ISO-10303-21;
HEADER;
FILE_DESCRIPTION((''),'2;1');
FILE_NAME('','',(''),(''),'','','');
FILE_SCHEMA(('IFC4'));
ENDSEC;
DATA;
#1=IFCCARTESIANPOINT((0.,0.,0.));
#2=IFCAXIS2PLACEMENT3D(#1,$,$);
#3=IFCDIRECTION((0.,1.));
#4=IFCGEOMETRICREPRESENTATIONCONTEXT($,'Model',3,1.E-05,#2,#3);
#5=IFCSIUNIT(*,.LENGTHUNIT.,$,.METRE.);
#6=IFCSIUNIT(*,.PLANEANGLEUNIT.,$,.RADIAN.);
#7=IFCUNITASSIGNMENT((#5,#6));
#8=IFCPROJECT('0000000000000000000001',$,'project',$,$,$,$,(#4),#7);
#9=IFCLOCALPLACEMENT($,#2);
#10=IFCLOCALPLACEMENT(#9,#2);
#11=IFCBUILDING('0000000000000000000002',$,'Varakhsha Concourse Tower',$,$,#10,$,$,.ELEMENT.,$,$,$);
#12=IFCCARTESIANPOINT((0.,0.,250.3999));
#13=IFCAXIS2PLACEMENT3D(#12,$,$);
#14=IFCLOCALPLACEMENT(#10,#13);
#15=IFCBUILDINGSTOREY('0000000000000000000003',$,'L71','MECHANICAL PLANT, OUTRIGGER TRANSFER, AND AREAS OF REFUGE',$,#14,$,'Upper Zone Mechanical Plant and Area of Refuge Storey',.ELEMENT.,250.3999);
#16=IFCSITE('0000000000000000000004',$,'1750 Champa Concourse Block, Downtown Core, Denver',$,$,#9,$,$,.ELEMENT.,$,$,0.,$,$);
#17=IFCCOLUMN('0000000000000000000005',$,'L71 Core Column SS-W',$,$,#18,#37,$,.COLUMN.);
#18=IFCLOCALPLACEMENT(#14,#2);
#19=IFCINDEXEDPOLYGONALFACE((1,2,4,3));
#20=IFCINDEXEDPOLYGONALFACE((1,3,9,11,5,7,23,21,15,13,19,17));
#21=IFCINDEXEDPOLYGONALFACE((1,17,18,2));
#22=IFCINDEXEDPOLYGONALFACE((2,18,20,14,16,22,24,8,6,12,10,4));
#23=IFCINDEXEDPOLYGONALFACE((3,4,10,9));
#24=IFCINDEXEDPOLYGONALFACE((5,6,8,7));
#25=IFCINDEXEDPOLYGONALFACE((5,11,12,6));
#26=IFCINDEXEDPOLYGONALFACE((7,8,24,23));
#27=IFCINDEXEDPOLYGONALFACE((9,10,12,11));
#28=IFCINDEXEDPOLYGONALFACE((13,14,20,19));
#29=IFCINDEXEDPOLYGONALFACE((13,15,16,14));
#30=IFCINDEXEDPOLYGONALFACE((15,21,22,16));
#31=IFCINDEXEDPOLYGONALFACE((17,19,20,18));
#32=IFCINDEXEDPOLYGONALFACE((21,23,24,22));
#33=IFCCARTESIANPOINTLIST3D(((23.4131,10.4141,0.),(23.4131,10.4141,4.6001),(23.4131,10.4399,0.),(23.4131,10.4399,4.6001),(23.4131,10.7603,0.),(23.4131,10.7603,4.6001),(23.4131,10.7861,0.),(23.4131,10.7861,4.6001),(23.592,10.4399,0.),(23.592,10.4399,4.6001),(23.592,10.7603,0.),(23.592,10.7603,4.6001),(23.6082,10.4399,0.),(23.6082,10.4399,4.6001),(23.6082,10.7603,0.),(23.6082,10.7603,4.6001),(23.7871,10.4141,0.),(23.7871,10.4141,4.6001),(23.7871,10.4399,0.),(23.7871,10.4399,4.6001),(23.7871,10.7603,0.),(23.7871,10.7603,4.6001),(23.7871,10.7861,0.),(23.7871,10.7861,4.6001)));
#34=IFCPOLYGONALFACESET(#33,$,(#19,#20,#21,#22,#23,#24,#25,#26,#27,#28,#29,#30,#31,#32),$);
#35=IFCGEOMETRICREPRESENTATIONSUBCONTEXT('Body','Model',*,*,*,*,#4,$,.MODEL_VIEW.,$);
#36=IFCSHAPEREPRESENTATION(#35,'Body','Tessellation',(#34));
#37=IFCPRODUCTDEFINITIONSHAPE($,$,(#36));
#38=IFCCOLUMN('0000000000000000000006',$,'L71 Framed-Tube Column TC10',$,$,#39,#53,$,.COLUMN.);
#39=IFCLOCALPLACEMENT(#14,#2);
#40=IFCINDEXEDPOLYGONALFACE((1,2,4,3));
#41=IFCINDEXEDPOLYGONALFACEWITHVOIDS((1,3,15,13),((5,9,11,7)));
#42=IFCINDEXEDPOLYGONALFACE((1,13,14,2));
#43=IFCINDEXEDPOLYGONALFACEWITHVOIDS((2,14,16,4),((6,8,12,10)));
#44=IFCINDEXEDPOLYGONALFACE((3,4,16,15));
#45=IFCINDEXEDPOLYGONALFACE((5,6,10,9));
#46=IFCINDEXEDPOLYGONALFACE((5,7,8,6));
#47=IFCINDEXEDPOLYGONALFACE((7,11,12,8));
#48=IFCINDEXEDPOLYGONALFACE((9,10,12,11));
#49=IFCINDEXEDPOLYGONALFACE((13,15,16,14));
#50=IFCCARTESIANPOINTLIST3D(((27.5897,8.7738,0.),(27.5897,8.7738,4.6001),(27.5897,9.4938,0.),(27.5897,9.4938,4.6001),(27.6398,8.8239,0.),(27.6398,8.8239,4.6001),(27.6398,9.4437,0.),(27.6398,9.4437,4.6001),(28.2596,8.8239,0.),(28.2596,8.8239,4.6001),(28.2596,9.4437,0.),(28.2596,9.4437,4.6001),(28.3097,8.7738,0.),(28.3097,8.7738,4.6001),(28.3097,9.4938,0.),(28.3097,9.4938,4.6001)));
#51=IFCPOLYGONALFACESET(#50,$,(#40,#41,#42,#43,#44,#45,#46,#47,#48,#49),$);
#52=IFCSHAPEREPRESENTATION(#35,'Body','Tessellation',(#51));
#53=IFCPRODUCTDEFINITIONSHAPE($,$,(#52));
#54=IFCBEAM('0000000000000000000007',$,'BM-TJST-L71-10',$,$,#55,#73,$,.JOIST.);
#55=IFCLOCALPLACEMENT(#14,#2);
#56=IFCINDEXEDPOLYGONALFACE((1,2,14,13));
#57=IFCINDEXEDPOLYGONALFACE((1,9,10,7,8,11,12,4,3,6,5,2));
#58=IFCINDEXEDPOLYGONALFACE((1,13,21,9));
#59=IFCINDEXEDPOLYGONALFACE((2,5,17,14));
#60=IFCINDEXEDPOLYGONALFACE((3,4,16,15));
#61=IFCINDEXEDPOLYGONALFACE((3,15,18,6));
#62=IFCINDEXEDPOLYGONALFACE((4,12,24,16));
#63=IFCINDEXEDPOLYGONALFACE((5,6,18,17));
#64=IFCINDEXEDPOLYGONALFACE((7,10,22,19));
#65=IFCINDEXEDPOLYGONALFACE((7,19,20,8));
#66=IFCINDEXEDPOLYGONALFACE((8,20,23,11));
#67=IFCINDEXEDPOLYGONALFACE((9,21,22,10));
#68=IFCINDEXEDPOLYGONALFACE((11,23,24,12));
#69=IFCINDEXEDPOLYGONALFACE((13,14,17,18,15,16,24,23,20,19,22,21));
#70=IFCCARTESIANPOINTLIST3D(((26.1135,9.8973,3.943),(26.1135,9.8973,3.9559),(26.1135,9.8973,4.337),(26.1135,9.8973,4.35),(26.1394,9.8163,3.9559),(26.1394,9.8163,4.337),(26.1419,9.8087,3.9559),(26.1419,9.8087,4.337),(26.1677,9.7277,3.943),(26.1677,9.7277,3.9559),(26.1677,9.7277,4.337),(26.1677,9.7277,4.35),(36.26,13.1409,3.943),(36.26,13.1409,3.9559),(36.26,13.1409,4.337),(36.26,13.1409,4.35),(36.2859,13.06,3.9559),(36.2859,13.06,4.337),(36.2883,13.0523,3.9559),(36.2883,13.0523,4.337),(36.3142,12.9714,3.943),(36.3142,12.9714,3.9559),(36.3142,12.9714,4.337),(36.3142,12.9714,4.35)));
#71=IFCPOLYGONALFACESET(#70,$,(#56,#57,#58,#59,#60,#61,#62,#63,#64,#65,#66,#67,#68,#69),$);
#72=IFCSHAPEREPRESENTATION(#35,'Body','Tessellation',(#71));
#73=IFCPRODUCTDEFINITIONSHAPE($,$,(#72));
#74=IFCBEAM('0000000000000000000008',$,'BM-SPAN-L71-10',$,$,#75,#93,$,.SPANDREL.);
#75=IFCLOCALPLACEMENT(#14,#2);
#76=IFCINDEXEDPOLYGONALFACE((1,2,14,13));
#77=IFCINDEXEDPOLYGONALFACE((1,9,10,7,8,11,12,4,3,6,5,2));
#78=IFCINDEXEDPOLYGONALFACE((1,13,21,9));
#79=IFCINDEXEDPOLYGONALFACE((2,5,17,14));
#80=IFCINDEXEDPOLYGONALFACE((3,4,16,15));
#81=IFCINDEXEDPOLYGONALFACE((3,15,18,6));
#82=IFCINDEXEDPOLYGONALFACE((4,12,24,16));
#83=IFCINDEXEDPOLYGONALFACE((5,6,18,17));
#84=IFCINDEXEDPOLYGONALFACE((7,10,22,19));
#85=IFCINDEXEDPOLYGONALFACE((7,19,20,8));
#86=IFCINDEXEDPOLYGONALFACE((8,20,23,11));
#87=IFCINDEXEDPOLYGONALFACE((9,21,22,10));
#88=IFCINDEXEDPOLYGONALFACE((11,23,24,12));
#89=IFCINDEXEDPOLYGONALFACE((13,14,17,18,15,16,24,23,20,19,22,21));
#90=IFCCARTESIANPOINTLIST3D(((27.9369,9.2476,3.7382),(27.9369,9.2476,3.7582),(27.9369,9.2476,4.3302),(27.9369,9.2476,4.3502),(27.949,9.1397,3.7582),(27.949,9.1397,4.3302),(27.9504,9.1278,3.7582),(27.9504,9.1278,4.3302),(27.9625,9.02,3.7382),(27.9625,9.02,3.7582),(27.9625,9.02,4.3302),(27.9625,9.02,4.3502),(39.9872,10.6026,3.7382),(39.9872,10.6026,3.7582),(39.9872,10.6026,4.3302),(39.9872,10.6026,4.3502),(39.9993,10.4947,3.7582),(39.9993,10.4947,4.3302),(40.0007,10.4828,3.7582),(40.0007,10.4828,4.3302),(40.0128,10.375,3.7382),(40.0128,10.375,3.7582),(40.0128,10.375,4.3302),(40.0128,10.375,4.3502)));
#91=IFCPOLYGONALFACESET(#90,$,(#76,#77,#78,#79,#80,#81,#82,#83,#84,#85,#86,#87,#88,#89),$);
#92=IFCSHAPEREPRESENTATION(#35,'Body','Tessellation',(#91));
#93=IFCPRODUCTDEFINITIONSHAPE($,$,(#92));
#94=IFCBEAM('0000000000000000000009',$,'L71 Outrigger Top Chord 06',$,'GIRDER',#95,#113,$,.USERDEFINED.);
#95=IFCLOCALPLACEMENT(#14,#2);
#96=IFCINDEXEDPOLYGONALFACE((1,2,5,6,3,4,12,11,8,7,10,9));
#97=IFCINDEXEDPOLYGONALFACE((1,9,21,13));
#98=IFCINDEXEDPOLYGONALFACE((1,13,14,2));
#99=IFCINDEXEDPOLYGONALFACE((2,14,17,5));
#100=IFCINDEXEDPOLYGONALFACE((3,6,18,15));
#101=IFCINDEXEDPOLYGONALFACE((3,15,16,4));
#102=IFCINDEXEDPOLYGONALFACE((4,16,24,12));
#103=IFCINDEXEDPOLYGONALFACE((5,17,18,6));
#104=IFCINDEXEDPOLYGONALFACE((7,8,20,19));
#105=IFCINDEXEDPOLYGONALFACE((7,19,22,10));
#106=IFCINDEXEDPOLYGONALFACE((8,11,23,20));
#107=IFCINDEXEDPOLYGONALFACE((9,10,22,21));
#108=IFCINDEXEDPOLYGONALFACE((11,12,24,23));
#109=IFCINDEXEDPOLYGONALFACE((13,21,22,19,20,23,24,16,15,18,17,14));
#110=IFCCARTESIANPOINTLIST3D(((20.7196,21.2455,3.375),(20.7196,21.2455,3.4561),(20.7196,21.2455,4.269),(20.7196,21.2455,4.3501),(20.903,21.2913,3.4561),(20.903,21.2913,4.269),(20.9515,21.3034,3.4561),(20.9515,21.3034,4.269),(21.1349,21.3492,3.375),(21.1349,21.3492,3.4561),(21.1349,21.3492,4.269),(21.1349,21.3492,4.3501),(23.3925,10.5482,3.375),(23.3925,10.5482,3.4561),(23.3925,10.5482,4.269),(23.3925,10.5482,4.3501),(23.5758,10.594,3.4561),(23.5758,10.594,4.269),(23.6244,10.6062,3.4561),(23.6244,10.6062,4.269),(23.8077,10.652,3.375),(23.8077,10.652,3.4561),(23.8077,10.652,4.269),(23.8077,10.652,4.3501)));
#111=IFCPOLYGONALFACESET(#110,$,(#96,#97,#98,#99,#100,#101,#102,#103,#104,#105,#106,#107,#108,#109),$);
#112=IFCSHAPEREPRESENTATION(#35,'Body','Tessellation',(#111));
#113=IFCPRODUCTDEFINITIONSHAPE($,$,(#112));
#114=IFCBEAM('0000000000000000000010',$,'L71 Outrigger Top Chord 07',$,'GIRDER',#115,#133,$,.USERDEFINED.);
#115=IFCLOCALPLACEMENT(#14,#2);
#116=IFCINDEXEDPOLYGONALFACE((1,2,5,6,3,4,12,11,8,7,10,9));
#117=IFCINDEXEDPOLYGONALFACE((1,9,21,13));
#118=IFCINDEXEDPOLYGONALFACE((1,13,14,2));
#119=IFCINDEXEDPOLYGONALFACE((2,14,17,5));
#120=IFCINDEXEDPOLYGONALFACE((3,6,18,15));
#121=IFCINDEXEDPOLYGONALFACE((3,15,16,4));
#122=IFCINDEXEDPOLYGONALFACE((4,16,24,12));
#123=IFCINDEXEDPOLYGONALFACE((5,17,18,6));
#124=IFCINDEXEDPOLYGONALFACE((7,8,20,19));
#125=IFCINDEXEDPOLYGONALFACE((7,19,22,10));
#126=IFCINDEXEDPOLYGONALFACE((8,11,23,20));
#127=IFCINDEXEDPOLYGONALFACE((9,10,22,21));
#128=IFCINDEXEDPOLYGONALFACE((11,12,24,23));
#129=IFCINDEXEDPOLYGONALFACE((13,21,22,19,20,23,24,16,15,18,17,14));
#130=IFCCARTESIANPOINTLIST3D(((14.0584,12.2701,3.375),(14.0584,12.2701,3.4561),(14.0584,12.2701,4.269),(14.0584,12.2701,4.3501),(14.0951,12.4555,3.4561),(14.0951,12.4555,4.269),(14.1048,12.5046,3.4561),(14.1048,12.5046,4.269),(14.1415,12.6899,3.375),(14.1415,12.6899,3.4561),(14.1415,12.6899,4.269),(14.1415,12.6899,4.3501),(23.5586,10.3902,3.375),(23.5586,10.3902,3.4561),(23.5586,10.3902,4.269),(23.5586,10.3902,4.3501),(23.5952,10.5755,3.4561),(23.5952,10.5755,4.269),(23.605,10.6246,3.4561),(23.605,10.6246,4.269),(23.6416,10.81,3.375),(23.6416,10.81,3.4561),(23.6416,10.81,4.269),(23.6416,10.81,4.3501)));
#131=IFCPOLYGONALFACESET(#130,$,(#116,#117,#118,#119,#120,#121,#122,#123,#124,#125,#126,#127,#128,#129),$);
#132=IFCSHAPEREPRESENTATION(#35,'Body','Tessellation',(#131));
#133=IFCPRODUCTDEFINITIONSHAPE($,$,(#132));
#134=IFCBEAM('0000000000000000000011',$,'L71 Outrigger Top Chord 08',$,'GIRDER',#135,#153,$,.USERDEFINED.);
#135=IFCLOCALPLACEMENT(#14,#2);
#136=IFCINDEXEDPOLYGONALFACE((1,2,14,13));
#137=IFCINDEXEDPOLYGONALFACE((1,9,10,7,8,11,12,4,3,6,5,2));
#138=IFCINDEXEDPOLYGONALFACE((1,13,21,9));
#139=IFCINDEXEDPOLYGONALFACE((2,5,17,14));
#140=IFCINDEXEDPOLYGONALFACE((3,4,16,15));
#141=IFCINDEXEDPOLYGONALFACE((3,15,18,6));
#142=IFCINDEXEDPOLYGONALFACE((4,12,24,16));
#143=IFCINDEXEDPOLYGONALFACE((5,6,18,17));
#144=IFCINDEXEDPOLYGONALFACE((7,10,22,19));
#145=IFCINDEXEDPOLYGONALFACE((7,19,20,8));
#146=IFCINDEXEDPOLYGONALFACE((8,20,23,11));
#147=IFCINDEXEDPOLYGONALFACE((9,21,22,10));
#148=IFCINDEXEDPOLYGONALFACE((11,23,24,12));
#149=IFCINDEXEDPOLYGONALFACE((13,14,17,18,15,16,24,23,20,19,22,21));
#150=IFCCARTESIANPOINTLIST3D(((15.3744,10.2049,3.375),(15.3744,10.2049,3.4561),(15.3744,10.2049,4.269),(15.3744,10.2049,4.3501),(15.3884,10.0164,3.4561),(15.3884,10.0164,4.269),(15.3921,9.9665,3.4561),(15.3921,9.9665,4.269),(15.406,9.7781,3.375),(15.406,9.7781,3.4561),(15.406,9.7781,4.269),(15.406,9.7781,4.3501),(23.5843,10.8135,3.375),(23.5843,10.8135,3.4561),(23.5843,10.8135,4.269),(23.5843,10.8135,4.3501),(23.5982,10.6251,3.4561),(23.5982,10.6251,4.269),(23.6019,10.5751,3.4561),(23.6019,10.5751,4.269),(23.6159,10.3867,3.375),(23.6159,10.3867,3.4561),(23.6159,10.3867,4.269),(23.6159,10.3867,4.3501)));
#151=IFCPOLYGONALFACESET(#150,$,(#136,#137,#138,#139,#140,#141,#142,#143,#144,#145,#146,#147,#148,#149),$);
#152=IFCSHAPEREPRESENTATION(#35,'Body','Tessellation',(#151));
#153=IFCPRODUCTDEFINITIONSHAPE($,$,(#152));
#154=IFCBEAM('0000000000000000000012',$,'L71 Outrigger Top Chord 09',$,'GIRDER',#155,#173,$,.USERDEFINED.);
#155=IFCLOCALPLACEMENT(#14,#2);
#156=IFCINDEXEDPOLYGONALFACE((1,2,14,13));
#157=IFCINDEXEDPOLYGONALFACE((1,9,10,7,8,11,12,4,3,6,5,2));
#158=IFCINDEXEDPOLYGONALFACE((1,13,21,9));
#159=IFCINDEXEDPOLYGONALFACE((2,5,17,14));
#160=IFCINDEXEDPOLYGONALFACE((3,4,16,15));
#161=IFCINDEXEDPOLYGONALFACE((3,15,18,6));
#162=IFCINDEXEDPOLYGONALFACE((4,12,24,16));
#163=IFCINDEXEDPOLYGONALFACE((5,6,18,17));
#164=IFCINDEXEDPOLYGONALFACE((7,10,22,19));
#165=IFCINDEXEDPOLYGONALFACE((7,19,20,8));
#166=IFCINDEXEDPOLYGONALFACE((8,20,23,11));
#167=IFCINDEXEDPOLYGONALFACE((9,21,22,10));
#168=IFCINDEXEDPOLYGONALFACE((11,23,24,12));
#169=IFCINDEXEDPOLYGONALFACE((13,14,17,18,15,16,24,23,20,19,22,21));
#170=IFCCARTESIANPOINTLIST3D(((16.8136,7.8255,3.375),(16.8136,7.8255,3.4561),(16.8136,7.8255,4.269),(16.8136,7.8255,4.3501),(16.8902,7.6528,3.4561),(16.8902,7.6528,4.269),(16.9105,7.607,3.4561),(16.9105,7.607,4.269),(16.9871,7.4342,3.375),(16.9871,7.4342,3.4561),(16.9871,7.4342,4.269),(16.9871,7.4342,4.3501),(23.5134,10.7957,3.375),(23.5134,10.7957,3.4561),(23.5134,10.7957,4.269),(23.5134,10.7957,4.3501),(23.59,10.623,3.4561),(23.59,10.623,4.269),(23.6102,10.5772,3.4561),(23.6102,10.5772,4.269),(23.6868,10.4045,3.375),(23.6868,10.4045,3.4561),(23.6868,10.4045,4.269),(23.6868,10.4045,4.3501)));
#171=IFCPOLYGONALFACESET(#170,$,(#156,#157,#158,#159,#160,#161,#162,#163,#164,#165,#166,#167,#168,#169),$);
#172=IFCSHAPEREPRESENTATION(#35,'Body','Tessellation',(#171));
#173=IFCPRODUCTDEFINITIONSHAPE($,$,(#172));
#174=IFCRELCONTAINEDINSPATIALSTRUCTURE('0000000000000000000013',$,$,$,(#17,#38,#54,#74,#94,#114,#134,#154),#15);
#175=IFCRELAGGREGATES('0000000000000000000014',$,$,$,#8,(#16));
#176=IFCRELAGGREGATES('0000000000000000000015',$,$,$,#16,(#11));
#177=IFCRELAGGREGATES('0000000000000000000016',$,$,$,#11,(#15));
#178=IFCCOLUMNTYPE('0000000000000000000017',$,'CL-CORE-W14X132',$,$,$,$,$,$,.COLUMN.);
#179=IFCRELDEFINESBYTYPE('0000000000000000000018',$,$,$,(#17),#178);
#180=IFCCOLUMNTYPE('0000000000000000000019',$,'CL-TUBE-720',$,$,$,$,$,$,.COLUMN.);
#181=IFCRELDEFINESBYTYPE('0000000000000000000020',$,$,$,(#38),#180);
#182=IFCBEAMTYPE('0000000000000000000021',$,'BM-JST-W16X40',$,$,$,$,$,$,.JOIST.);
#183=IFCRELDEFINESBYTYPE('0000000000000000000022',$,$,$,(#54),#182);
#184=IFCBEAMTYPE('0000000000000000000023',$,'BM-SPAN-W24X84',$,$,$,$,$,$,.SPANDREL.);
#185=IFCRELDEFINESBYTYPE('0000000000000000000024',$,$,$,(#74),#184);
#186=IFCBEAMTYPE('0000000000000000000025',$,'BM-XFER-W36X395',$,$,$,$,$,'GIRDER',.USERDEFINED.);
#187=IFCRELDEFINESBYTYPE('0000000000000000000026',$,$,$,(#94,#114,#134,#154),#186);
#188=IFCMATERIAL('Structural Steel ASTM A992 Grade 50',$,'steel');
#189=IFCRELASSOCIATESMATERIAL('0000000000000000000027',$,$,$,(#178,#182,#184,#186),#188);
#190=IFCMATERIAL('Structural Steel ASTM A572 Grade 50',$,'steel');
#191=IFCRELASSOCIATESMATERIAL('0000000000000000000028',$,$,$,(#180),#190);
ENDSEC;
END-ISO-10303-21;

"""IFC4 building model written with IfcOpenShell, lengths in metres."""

from ifc_helpers import new_model, si_unit, direction, frame, origin, origin_2d, place, context, subcontext, project, spatial, hollow_rectangle, i_section, extrude, material, material_profile, profile_set, type_object, element, save


model = new_model("IFC4")

# Units and contexts
model_context = context("Model", 3, precision=1e-05, world=origin(), true_north=direction((0.0, 1.0)))
body_context = subcontext(model_context, "Body", "Model", "MODEL_VIEW")
ifc_project = project(units=[si_unit("LENGTHUNIT", "METRE"), si_unit("PLANEANGLEUNIT", "RADIAN")], contexts=[model_context])

# Site, building, storey
site_placement = place(None, origin())
site = spatial("IfcSite", under=ifc_project, at=site_placement, Name="1750 Champa Concourse Block, Downtown Core, Denver", CompositionType="ELEMENT", RefElevation=0.0)
building_placement = place(site_placement, origin())
building = spatial("IfcBuilding", under=site, at=building_placement, Name="Varakhsha Concourse Tower", CompositionType="ELEMENT")
storey_placement = place(building_placement, frame((0.0, 0.0, 250.3999)))
storey = spatial("IfcBuildingStorey", under=building, at=storey_placement, Name="L71", Description="MECHANICAL PLANT, OUTRIGGER TRANSFER, AND AREAS OF REFUGE", LongName="Upper Zone Mechanical Plant and Area of Refuge Storey", CompositionType="ELEMENT", Elevation=250.3999)

# Columns
ifc_material_1 = material(Name="Structural Steel ASTM A992 Grade 50", Category="steel")
ifc_material_profile_1 = material_profile(ifc_material_1, i_section(OverallWidth=0.374, OverallDepth=0.3721, WebThickness=0.0161, FlangeThickness=0.0259, at=origin_2d()), Name="W14X132")
ifc_profile_set_1 = profile_set([ifc_material_profile_1], Name="Structural Steel ASTM A992 Grade 50")
column_type_1 = type_object("IfcColumnType", Name="CL-CORE-W14X132", PredefinedType="COLUMN", material=ifc_profile_set_1)
column_1_placement = place(storey_placement, frame((23.6001, 10.6001, 0.0), z_axis=(0.0, 0.0, 1.0), x_axis=(1.0, 0.0, 0.0)))
element("IfcColumn", 1, at=column_1_placement, inside=storey, type_object=column_type_1, Name="L71 Core Column SS-W", PredefinedType="COLUMN", context=body_context, shape_type="SweptSolid", body=[
    extrude(i_section(OverallWidth=0.374, OverallDepth=0.3721, WebThickness=0.0161, FlangeThickness=0.0259, at=origin_2d()), origin(), (0.0, 0.0, 1.0), 4.6001),
])
ifc_material_2 = material(Name="Structural Steel ASTM A572 Grade 50", Category="steel")
ifc_material_profile_2 = material_profile(ifc_material_2, hollow_rectangle(XDim=0.72, YDim=0.72, WallThickness=0.05, at=origin_2d()), Name="BOX 720x720x50")
ifc_profile_set_2 = profile_set([ifc_material_profile_2], Name="Structural Steel ASTM A572 Grade 50")
column_type_2 = type_object("IfcColumnType", Name="CL-TUBE-720", PredefinedType="COLUMN", material=ifc_profile_set_2)
column_2_placement = place(storey_placement, frame((27.9497, 9.1338, 0.0), z_axis=(0.0, 0.0, 1.0), x_axis=(1.0, 0.0, 0.0)))
element("IfcColumn", 2, at=column_2_placement, inside=storey, type_object=column_type_2, Name="L71 Framed-Tube Column TC10", PredefinedType="COLUMN", context=body_context, shape_type="SweptSolid", body=[
    extrude(hollow_rectangle(XDim=0.72, YDim=0.72, WallThickness=0.05, at=origin_2d()), origin(), (0.0, 0.0, 1.0), 4.6001),
])

# Beams
ifc_material_profile_3 = material_profile(ifc_material_1, i_section(OverallWidth=0.178, OverallDepth=0.407, WebThickness=0.0081, FlangeThickness=0.0129, at=origin_2d()), Name="W16X40")
ifc_profile_set_3 = profile_set([ifc_material_profile_3], Name="Structural Steel ASTM A992 Grade 50")
beam_type_1 = type_object("IfcBeamType", Name="BM-JST-W16X40", PredefinedType="JOIST", material=ifc_profile_set_3)
beam_1_placement = place(storey_placement, frame((26.1406, 9.8125, 4.1465), z_axis=(0.952512, 0.304501, 0.0), x_axis=(-0.304501, 0.952512, 0.0)))
element("IfcBeam", 3, at=beam_1_placement, inside=storey, type_object=beam_type_1, Name="BM-TJST-L71-10", PredefinedType="JOIST", context=body_context, shape_type="SweptSolid", body=[
    extrude(i_section(OverallWidth=0.178, OverallDepth=0.407, WebThickness=0.0081, FlangeThickness=0.0129, at=origin_2d()), origin(), (0.0, 0.0, 1.0), 10.6523),
])
ifc_material_profile_4 = material_profile(ifc_material_1, i_section(OverallWidth=0.229, OverallDepth=0.6121, WebThickness=0.012, FlangeThickness=0.02, at=origin_2d()), Name="W24X84")
ifc_profile_set_4 = profile_set([ifc_material_profile_4], Name="Structural Steel ASTM A992 Grade 50")
beam_type_2 = type_object("IfcBeamType", Name="BM-SPAN-W24X84", PredefinedType="SPANDREL", material=ifc_profile_set_4)
beam_2_placement = place(storey_placement, frame((27.9497, 9.1338, 4.0442), z_axis=(0.993738, 0.11174, 0.0), x_axis=(-0.11174, 0.993738, 0.0)))
element("IfcBeam", 4, at=beam_2_placement, inside=storey, type_object=beam_type_2, Name="BM-SPAN-L71-10", PredefinedType="SPANDREL", context=body_context, shape_type="SweptSolid", body=[
    extrude(i_section(OverallWidth=0.229, OverallDepth=0.6121, WebThickness=0.012, FlangeThickness=0.02, at=origin_2d()), origin(), (0.0, 0.0, 1.0), 12.1262),
])
ifc_material_profile_5 = material_profile(ifc_material_1, i_section(OverallWidth=0.428, OverallDepth=0.9751, WebThickness=0.05, FlangeThickness=0.0811, at=origin_2d()), Name="W36X395")
ifc_profile_set_5 = profile_set([ifc_material_profile_5], Name="Structural Steel ASTM A992 Grade 50")
beam_type_3 = type_object("IfcBeamType", Name="BM-XFER-W36X395", ElementType="GIRDER", PredefinedType="USERDEFINED", material=ifc_profile_set_5)
beam_3_placement = place(storey_placement, frame((23.6001, 10.6001, 3.8625), z_axis=(-0.242411, 0.970174, 0.0), x_axis=(-0.970174, -0.242411, 0.0)))
element("IfcBeam", 5, at=beam_3_placement, inside=storey, type_object=beam_type_3, Name="L71 Outrigger Top Chord 06", ObjectType="GIRDER", PredefinedType="USERDEFINED", context=body_context, shape_type="SweptSolid", body=[
    extrude(i_section(OverallWidth=0.428, OverallDepth=0.9751, WebThickness=0.05, FlangeThickness=0.0811, at=origin_2d()), origin(), (0.0, 0.0, 1.0), 11.0261),
])
beam_4_placement = place(storey_placement, frame((23.6001, 10.6001, 3.8625), z_axis=(-0.980978, 0.194118, 0.0), x_axis=(-0.194118, -0.980978, 0.0)))
element("IfcBeam", 6, at=beam_4_placement, inside=storey, type_object=beam_type_3, Name="L71 Outrigger Top Chord 07", ObjectType="GIRDER", PredefinedType="USERDEFINED", context=body_context, shape_type="SweptSolid", body=[
    extrude(i_section(OverallWidth=0.428, OverallDepth=0.9751, WebThickness=0.05, FlangeThickness=0.0811, at=origin_2d()), origin(), (0.0, 0.0, 1.0), 9.6843),
])
beam_5_placement = place(storey_placement, frame((23.6001, 10.6001, 3.8625), z_axis=(-0.997263, -0.073932, 0.0), x_axis=(0.073932, -0.997263, 0.0)))
element("IfcBeam", 7, at=beam_5_placement, inside=storey, type_object=beam_type_3, Name="L71 Outrigger Top Chord 08", ObjectType="GIRDER", PredefinedType="USERDEFINED", context=body_context, shape_type="SweptSolid", body=[
    extrude(i_section(OverallWidth=0.428, OverallDepth=0.9751, WebThickness=0.05, FlangeThickness=0.0811, at=origin_2d()), origin(), (0.0, 0.0, 1.0), 8.2324),
])
beam_6_placement = place(storey_placement, frame((23.6001, 10.6001, 3.8625), z_axis=(-0.914188, -0.405291, 0.0), x_axis=(0.405291, -0.914188, 0.0)))
element("IfcBeam", 8, at=beam_6_placement, inside=storey, type_object=beam_type_3, Name="L71 Outrigger Top Chord 09", ObjectType="GIRDER", PredefinedType="USERDEFINED", context=body_context, shape_type="SweptSolid", body=[
    extrude(i_section(OverallWidth=0.428, OverallDepth=0.9751, WebThickness=0.05, FlangeThickness=0.0811, at=origin_2d()), origin(), (0.0, 0.0, 1.0), 7.3286),
])

save(model, "model.ifc")
